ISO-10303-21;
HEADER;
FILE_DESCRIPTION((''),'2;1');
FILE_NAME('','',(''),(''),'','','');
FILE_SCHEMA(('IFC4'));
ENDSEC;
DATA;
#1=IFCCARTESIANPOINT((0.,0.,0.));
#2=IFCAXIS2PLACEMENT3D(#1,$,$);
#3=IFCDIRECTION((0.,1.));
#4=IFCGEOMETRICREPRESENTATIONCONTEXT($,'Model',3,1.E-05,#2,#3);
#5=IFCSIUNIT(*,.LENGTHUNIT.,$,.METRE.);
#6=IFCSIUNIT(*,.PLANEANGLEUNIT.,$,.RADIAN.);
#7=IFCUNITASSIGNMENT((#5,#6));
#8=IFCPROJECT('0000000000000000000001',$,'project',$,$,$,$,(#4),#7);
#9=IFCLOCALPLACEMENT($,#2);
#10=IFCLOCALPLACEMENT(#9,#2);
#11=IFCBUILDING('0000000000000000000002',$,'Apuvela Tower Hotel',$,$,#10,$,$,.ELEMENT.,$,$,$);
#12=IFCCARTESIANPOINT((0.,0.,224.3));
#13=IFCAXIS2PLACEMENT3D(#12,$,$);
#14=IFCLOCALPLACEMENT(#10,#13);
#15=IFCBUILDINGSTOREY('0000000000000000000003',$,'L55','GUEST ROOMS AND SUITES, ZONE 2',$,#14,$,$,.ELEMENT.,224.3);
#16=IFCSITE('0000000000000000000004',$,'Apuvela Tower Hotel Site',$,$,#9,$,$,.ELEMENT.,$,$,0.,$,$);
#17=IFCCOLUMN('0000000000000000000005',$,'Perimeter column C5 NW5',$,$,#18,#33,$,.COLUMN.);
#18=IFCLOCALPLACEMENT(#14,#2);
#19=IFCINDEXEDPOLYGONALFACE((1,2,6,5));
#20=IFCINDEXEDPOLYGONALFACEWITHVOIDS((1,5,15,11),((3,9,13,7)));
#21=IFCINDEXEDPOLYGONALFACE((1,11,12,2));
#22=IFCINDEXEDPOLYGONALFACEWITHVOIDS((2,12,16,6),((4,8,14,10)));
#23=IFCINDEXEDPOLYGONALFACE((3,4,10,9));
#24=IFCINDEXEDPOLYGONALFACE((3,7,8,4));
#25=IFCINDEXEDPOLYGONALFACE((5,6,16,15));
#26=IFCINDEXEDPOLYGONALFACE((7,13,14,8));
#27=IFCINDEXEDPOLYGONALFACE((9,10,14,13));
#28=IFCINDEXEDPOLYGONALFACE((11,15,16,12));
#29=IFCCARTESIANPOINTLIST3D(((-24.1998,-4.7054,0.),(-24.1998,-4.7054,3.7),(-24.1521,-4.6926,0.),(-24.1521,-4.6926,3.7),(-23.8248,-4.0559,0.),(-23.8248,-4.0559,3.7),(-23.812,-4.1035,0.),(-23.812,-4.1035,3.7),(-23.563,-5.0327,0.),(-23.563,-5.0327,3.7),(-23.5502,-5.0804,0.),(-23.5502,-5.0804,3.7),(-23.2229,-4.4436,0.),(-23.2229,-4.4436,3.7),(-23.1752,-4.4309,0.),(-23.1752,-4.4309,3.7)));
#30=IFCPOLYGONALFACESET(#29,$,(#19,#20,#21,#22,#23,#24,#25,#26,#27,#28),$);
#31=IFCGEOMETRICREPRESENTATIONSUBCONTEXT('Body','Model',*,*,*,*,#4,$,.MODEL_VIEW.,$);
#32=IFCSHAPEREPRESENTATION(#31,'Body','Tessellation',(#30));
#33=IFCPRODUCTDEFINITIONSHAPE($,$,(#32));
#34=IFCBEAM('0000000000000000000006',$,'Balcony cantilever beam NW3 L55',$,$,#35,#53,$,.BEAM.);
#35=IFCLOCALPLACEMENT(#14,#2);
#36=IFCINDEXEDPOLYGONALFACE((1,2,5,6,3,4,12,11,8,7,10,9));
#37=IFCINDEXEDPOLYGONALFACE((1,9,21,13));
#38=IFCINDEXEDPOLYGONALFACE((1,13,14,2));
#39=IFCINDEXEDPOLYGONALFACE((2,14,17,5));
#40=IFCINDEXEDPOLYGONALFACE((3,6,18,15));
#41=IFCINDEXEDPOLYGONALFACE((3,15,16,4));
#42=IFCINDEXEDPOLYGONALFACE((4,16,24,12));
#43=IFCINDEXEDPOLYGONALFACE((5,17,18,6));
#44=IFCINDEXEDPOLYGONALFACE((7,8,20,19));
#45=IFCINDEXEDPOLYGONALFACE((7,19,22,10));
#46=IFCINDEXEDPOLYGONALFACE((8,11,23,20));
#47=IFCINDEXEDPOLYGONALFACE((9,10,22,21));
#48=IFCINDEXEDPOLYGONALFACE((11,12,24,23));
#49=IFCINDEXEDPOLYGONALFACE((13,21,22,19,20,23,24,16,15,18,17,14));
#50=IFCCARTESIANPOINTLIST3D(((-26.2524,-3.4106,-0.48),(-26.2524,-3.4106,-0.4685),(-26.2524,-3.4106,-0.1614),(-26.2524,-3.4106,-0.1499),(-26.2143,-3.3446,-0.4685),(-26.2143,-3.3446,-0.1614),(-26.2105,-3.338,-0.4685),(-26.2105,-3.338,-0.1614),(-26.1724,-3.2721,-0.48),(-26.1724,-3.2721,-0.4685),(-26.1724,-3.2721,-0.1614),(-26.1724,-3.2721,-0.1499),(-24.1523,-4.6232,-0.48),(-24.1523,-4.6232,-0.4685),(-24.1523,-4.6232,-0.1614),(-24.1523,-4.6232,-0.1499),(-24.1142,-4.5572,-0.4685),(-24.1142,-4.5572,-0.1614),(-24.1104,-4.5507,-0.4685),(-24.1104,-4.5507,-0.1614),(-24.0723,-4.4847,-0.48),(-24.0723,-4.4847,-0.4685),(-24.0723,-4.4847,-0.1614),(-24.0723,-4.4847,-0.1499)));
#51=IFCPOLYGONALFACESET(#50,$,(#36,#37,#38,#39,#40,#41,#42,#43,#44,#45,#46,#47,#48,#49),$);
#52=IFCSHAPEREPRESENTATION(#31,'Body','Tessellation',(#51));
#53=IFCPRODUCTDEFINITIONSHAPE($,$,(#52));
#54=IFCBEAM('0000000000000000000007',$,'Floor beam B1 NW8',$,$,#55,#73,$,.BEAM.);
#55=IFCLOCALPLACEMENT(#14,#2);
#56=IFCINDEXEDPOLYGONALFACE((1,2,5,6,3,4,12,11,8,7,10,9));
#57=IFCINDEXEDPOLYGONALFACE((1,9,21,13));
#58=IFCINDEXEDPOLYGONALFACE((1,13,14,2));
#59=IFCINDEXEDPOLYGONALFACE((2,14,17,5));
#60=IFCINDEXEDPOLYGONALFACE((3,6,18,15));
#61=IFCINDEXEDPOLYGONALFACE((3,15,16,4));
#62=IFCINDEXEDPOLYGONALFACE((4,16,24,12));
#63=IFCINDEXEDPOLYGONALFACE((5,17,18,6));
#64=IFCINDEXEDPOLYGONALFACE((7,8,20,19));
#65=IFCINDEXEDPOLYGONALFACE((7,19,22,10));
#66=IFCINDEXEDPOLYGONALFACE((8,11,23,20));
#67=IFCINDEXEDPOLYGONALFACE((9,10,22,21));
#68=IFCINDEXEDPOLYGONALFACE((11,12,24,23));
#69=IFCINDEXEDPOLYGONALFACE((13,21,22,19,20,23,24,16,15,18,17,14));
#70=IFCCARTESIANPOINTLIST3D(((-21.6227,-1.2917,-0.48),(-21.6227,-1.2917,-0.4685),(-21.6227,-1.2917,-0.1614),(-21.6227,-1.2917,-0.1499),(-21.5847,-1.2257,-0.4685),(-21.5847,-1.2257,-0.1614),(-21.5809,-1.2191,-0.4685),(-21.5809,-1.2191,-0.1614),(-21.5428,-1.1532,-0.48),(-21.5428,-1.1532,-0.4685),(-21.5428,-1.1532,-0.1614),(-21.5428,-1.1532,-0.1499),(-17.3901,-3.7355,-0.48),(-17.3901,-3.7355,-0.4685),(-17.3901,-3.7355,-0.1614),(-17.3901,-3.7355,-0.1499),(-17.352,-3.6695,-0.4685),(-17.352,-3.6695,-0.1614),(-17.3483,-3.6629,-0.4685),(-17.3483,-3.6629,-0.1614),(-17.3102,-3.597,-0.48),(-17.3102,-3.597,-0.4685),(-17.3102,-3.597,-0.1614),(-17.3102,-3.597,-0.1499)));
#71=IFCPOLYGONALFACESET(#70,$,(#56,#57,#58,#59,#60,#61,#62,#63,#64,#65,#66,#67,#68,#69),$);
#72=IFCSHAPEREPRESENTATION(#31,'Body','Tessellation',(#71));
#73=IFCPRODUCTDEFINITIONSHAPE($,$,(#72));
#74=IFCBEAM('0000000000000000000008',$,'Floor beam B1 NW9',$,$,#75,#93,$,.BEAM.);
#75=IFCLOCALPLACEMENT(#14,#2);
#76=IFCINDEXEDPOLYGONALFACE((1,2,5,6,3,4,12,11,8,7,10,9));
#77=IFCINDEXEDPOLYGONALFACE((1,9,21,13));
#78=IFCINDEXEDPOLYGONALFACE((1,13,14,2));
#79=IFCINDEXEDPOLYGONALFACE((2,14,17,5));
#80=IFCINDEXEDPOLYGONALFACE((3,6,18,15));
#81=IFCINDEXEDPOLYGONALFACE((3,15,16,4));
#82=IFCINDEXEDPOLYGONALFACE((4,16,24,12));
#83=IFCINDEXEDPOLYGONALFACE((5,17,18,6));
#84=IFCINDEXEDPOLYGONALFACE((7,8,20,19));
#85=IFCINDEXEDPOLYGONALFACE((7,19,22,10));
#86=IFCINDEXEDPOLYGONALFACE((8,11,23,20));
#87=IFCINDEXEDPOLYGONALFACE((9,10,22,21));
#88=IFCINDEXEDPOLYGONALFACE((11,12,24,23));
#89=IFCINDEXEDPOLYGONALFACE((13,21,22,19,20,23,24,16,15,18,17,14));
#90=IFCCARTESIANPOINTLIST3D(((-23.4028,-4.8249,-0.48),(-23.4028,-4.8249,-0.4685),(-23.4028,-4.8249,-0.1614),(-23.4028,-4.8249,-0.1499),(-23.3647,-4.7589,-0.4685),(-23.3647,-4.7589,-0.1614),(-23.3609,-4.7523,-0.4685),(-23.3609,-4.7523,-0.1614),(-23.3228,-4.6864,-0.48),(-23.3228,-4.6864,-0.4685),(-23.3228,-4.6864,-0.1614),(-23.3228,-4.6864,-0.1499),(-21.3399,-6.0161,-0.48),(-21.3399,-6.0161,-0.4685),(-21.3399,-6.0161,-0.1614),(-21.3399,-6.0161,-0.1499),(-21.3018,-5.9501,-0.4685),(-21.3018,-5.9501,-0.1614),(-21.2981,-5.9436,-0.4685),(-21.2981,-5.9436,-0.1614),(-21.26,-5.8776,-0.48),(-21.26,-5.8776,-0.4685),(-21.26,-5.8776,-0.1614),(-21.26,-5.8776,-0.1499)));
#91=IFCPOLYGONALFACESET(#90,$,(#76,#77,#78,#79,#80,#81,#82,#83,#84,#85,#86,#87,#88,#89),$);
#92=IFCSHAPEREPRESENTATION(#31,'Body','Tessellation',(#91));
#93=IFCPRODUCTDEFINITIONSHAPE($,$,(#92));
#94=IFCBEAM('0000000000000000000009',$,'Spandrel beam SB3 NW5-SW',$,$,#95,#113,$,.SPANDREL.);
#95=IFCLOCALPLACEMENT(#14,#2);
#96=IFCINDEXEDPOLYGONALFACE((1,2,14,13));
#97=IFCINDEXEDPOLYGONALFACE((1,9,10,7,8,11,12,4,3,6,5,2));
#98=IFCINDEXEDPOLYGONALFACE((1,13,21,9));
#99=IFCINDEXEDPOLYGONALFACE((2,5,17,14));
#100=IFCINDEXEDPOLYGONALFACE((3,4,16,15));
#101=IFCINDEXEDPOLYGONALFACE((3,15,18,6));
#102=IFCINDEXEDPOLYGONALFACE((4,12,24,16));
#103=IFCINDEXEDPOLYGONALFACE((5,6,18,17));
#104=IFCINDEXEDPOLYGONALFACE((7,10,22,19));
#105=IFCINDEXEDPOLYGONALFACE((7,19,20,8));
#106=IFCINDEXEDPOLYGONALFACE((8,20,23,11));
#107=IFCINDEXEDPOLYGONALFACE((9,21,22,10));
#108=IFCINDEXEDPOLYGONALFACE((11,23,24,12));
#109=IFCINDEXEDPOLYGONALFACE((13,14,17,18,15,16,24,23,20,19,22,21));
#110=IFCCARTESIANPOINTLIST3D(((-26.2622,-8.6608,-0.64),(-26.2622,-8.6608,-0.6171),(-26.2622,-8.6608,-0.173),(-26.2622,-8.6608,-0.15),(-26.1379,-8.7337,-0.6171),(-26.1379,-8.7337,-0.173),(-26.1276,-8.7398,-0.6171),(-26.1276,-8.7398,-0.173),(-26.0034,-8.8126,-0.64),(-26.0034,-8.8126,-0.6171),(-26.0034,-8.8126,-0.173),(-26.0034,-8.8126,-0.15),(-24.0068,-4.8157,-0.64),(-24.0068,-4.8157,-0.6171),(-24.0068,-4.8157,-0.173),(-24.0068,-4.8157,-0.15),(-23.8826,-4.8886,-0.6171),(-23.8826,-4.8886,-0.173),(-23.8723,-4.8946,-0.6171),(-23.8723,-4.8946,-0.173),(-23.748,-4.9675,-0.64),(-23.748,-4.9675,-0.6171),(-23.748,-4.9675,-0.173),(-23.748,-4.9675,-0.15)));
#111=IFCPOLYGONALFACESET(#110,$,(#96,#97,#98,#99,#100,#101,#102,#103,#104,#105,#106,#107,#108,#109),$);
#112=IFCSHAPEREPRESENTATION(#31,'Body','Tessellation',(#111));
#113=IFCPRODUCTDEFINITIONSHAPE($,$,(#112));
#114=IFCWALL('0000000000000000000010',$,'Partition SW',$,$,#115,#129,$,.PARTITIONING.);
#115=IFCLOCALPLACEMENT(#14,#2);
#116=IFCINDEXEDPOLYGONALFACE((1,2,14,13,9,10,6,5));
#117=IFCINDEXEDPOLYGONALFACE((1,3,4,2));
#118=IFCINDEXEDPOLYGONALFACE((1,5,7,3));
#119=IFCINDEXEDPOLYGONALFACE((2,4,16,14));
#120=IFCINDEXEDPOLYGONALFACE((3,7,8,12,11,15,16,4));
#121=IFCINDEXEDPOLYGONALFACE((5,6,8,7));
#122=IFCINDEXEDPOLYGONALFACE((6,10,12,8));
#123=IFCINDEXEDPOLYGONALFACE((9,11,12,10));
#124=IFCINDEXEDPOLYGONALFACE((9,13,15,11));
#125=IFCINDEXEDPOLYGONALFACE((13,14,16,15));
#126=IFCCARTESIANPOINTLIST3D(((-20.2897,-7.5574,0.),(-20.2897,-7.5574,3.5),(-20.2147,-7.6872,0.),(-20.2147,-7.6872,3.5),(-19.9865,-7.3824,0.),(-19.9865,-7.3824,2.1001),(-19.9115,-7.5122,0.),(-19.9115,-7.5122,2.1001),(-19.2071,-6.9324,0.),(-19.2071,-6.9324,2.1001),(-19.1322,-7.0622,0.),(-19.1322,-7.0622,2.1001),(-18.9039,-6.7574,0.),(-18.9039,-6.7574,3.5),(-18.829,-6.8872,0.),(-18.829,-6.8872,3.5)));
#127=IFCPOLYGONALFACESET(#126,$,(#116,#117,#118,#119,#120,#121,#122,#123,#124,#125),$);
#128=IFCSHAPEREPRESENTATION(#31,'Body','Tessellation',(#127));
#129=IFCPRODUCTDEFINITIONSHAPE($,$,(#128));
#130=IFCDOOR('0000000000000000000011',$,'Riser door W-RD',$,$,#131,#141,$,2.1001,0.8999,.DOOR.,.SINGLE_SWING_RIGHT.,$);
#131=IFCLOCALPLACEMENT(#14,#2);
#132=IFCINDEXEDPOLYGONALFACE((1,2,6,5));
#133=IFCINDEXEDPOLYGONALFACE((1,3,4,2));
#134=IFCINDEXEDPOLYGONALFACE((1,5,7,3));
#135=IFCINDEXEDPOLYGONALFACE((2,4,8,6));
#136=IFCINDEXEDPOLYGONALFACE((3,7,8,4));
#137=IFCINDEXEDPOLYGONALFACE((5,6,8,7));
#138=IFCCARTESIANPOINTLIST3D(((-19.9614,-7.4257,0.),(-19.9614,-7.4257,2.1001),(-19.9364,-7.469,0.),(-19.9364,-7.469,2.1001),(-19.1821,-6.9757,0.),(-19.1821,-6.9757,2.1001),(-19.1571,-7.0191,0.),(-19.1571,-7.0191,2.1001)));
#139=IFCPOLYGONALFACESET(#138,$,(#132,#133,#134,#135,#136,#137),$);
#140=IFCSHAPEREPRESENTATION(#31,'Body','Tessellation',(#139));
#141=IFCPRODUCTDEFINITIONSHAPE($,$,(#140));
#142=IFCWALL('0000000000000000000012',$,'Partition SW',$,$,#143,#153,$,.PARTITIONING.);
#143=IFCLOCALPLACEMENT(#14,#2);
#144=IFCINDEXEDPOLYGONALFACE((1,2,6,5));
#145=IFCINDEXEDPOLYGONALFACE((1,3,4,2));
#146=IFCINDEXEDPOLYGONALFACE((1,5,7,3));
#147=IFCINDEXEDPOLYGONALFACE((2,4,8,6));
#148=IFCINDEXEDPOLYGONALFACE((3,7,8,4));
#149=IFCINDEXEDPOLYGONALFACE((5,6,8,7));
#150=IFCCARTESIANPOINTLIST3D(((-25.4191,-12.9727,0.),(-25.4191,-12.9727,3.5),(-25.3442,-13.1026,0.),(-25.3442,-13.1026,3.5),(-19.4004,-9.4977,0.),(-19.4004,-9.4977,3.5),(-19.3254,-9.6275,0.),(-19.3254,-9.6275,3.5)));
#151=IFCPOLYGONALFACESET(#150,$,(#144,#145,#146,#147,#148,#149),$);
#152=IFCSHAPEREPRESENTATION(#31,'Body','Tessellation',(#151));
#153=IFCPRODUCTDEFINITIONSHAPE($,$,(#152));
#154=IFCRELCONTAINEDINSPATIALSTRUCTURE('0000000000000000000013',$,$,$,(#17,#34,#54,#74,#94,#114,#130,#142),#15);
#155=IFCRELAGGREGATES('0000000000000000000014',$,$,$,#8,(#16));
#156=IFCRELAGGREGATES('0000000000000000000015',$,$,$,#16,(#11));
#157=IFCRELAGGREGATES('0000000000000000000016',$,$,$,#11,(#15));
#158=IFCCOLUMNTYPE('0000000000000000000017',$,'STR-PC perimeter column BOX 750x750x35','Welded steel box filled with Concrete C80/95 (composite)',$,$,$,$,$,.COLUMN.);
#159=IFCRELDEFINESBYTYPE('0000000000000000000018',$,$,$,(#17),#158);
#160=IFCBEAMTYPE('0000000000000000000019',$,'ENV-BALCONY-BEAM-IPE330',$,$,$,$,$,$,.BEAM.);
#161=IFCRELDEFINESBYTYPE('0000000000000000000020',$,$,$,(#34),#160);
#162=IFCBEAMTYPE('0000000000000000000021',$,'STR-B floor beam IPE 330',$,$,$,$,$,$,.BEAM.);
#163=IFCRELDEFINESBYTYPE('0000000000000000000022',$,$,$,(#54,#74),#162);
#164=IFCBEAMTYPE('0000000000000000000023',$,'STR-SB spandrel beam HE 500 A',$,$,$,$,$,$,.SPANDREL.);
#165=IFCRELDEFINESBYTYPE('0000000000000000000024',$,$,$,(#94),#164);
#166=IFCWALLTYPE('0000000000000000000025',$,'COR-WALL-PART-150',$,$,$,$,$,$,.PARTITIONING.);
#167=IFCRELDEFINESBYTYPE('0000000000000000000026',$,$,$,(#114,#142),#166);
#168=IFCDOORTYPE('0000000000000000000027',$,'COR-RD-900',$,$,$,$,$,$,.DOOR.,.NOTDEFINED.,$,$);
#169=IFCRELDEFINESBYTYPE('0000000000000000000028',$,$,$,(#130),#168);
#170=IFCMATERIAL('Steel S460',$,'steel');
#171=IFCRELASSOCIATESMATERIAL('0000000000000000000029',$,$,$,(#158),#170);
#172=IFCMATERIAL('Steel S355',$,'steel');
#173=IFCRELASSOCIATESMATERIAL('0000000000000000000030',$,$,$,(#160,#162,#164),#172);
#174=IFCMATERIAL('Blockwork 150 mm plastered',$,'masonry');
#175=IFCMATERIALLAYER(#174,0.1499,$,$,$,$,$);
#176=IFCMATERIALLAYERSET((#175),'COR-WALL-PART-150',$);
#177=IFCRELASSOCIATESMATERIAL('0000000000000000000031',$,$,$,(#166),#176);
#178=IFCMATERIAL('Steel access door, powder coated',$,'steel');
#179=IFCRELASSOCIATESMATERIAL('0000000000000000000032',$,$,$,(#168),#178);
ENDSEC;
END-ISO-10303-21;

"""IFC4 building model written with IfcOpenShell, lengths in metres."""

from ifc_helpers import new_model, si_unit, direction, frame, frame_2d, origin, origin_2d, place, context, subcontext, project, spatial, rectangle, hollow_rectangle, i_section, extrude, material, layer, layer_set, material_profile, profile_set, type_object, element, fill, save


model = new_model("IFC4")

# Units and contexts
model_context = context("Model", 3, precision=1e-05, world=origin(), true_north=direction((0.0, 1.0)))
body_context = subcontext(model_context, "Body", "Model", "MODEL_VIEW")
ifc_project = project(units=[si_unit("LENGTHUNIT", "METRE"), si_unit("PLANEANGLEUNIT", "RADIAN")], contexts=[model_context])

# Site, building, storey
site_placement = place(None, origin())
site = spatial("IfcSite", under=ifc_project, at=site_placement, Name="Apuvela Tower Hotel Site", CompositionType="ELEMENT", RefElevation=0.0)
building_placement = place(site_placement, origin())
building = spatial("IfcBuilding", under=site, at=building_placement, Name="Apuvela Tower Hotel", CompositionType="ELEMENT")
storey_placement = place(building_placement, frame((0.0, 0.0, 224.3)))
storey = spatial("IfcBuildingStorey", under=building, at=storey_placement, Name="L55", Description="GUEST ROOMS AND SUITES, ZONE 2", CompositionType="ELEMENT", Elevation=224.3)

# Column
ifc_material_1 = material(Name="Steel S460", Category="steel")
ifc_material_profile_1 = material_profile(ifc_material_1, hollow_rectangle(XDim=0.75, YDim=0.75, WallThickness=0.0349, at=origin_2d()), Name="BOX 750x750x35")
ifc_material_2 = material(Name="Concrete C80/95", Category="concrete")
ifc_material_profile_2 = material_profile(ifc_material_2, rectangle(XDim=0.6799, YDim=0.6799, at=origin_2d()), Name="Concrete C80/95 infill")
ifc_profile_set_1 = profile_set([ifc_material_profile_1, ifc_material_profile_2], Name="Steel S460")
column_type = type_object("IfcColumnType", Name="STR-PC perimeter column BOX 750x750x35", Description="Welded steel box filled with Concrete C80/95 (composite)", PredefinedType="COLUMN", material=ifc_profile_set_1)
column_placement = place(storey_placement, frame((-23.6875, -4.5681, 0.0), z_axis=(0.0, 0.0, 1.0), x_axis=(0.5, 0.866025, 0.0)))
element("IfcColumn", 1, at=column_placement, inside=storey, type_object=column_type, Name="Perimeter column C5 NW5", PredefinedType="COLUMN", context=body_context, shape_type="SweptSolid", body=[
    extrude(hollow_rectangle(XDim=0.75, YDim=0.75, WallThickness=0.0349, at=origin_2d()), origin(), (0.0, 0.0, 1.0), 3.7),
])

# Beams
ifc_material_3 = material(Name="Steel S355", Category="steel")
ifc_material_profile_3 = material_profile(ifc_material_3, i_section(OverallWidth=0.1599, OverallDepth=0.3301, WebThickness=0.0076, FlangeThickness=0.0115, at=origin_2d()), Name="IPE 330")
ifc_profile_set_2 = profile_set([ifc_material_profile_3], Name="Steel S355")
beam_type_1 = type_object("IfcBeamType", Name="ENV-BALCONY-BEAM-IPE330", PredefinedType="BEAM", material=ifc_profile_set_2)
beam_1_placement = place(storey_placement, frame((-24.1123, -4.554, -0.3149), z_axis=(-0.865998, 0.500048, 0.0), x_axis=(-0.500048, -0.865998, 0.0)))
element("IfcBeam", 2, at=beam_1_placement, inside=storey, type_object=beam_type_1, Name="Balcony cantilever beam NW3 L55", PredefinedType="BEAM", context=body_context, shape_type="SweptSolid", body=[
    extrude(i_section(OverallWidth=0.1599, OverallDepth=0.3301, WebThickness=0.0076, FlangeThickness=0.0115, at=origin_2d()), origin(), (0.0, 0.0, 1.0), 2.425),
])
ifc_material_profile_4 = material_profile(ifc_material_3, i_section(OverallWidth=0.1599, OverallDepth=0.3301, WebThickness=0.0076, FlangeThickness=0.0115, at=origin_2d()), Name="IPE 330")
ifc_profile_set_3 = profile_set([ifc_material_profile_4], Name="Steel S355")
beam_type_2 = type_object("IfcBeamType", Name="STR-B floor beam IPE 330", PredefinedType="BEAM", material=ifc_profile_set_3)
beam_2_placement = place(storey_placement, frame((-21.5828, -1.2224, -0.3149), z_axis=(0.866015, -0.500018, 0.0), x_axis=(0.500018, 0.866015, 0.0)))
element("IfcBeam", 3, at=beam_2_placement, inside=storey, type_object=beam_type_2, Name="Floor beam B1 NW8", PredefinedType="BEAM", context=body_context, shape_type="SweptSolid", body=[
    extrude(i_section(OverallWidth=0.1599, OverallDepth=0.3301, WebThickness=0.0076, FlangeThickness=0.0115, at=origin_2d()), origin(), (0.0, 0.0, 1.0), 4.8875),
])
beam_3_placement = place(storey_placement, frame((-23.3628, -4.7556, -0.3149), z_axis=(0.865982, -0.500074, 0.0), x_axis=(0.500074, 0.865982, 0.0)))
element("IfcBeam", 4, at=beam_3_placement, inside=storey, type_object=beam_type_2, Name="Floor beam B1 NW9", PredefinedType="BEAM", context=body_context, shape_type="SweptSolid", body=[
    extrude(i_section(OverallWidth=0.1599, OverallDepth=0.3301, WebThickness=0.0076, FlangeThickness=0.0115, at=origin_2d()), origin(), (0.0, 0.0, 1.0), 2.3821),
])
ifc_material_profile_5 = material_profile(ifc_material_3, i_section(OverallWidth=0.3, OverallDepth=0.49, WebThickness=0.012, FlangeThickness=0.0229, at=origin_2d()), Name="HE 500 A")
ifc_profile_set_4 = profile_set([ifc_material_profile_5], Name="Steel S355")
beam_type_3 = type_object("IfcBeamType", Name="STR-SB spandrel beam HE 500 A", PredefinedType="SPANDREL", material=ifc_profile_set_4)
beam_4_placement = place(storey_placement, frame((-23.8774, -4.8916, -0.395), z_axis=(-0.505933, -0.862573, 0.0), x_axis=(0.862573, -0.505933, 0.0)))
element("IfcBeam", 5, at=beam_4_placement, inside=storey, type_object=beam_type_3, Name="Spandrel beam SB3 NW5-SW", PredefinedType="SPANDREL", context=body_context, shape_type="SweptSolid", body=[
    extrude(i_section(OverallWidth=0.3, OverallDepth=0.49, WebThickness=0.012, FlangeThickness=0.0229, at=origin_2d()), origin(), (0.0, 0.0, 1.0), 4.4578),
])

# Wall, opening, door
ifc_material_4 = material(Name="Blockwork 150 mm plastered", Category="masonry")
ifc_layer_1 = layer(ifc_material_4, 0.1499)
ifc_layer_set_1 = layer_set([ifc_layer_1], Name="COR-WALL-PART-150")
wall_type_1 = type_object("IfcWallType", Name="COR-WALL-PART-150", PredefinedType="PARTITIONING", material=ifc_layer_set_1)
wall_1_placement = place(storey_placement, frame((-18.8665, -6.8223, 0.0), z_axis=(0.0, 0.0, 1.0), x_axis=(-0.866028, -0.499995, 0.0)))
wall_1 = element("IfcWall", 6, at=wall_1_placement, inside=storey, type_object=wall_type_1, Name="Partition SW", PredefinedType="PARTITIONING", context=body_context, shape_type="SweptSolid", body=[
    extrude(rectangle(XDim=1.6001, YDim=0.1499, at=frame_2d((0.8, 0.0))), origin(), (0.0, 0.0, 1.0), 3.5),
])
opening_1_placement = place(wall_1_placement, frame((0.3501, 0.0, 0.0)))
opening_1 = element("IfcOpeningElement", 7, at=opening_1_placement, cuts=wall_1, PredefinedType="OPENING", context=body_context, shape_type="SweptSolid", body=[
    extrude(rectangle(XDim=0.8999, YDim=2.1001, at=frame_2d((0.45, 1.05))), frame((0.0, 0.085, 0.0), z_axis=(0.0, -1.0, 0.0), x_axis=(1.0, 0.0, 0.0)), (0.0, 0.0, 1.0), 0.1699),
])
ifc_material_5 = material(Name="Steel access door, powder coated", Category="steel")
door_type_1 = type_object("IfcDoorType", Name="COR-RD-900", OperationType="NOTDEFINED", PredefinedType="DOOR", material=ifc_material_5)
door_1_placement = place(opening_1_placement, frame((0.8999, 0.0, 0.0), z_axis=(0.0, 0.0, 1.0), x_axis=(-1.0, 0.0, 0.0)))
door_1 = element("IfcDoor", 8, at=door_1_placement, inside=storey, type_object=door_type_1, Name="Riser door W-RD", OperationType="SINGLE_SWING_RIGHT", OverallHeight=2.1001, OverallWidth=0.8999, PredefinedType="DOOR", context=body_context, shape_type="SweptSolid", body=[
    extrude(rectangle(XDim=0.8999, YDim=2.1001, at=frame_2d((0.45, 1.05))), frame((0.0, 0.0249, 0.0), z_axis=(0.0, -1.0, 0.0), x_axis=(1.0, 0.0, 0.0)), (0.0, 0.0, 1.0), 0.05),
])
fill(opening_1, door_1)

# Wall
wall_2_placement = place(storey_placement, frame((-19.3628, -9.5625, 0.0), z_axis=(0.0, 0.0, 1.0), x_axis=(-0.866017, -0.500015, 0.0)))
element("IfcWall", 9, at=wall_2_placement, inside=storey, type_object=wall_type_1, Name="Partition SW", PredefinedType="PARTITIONING", context=body_context, shape_type="SweptSolid", body=[
    extrude(rectangle(XDim=6.95, YDim=0.1499, at=frame_2d((3.4751, 0.0))), origin(), (0.0, 0.0, 1.0), 3.5),
])

save(model, "model.ifc")
